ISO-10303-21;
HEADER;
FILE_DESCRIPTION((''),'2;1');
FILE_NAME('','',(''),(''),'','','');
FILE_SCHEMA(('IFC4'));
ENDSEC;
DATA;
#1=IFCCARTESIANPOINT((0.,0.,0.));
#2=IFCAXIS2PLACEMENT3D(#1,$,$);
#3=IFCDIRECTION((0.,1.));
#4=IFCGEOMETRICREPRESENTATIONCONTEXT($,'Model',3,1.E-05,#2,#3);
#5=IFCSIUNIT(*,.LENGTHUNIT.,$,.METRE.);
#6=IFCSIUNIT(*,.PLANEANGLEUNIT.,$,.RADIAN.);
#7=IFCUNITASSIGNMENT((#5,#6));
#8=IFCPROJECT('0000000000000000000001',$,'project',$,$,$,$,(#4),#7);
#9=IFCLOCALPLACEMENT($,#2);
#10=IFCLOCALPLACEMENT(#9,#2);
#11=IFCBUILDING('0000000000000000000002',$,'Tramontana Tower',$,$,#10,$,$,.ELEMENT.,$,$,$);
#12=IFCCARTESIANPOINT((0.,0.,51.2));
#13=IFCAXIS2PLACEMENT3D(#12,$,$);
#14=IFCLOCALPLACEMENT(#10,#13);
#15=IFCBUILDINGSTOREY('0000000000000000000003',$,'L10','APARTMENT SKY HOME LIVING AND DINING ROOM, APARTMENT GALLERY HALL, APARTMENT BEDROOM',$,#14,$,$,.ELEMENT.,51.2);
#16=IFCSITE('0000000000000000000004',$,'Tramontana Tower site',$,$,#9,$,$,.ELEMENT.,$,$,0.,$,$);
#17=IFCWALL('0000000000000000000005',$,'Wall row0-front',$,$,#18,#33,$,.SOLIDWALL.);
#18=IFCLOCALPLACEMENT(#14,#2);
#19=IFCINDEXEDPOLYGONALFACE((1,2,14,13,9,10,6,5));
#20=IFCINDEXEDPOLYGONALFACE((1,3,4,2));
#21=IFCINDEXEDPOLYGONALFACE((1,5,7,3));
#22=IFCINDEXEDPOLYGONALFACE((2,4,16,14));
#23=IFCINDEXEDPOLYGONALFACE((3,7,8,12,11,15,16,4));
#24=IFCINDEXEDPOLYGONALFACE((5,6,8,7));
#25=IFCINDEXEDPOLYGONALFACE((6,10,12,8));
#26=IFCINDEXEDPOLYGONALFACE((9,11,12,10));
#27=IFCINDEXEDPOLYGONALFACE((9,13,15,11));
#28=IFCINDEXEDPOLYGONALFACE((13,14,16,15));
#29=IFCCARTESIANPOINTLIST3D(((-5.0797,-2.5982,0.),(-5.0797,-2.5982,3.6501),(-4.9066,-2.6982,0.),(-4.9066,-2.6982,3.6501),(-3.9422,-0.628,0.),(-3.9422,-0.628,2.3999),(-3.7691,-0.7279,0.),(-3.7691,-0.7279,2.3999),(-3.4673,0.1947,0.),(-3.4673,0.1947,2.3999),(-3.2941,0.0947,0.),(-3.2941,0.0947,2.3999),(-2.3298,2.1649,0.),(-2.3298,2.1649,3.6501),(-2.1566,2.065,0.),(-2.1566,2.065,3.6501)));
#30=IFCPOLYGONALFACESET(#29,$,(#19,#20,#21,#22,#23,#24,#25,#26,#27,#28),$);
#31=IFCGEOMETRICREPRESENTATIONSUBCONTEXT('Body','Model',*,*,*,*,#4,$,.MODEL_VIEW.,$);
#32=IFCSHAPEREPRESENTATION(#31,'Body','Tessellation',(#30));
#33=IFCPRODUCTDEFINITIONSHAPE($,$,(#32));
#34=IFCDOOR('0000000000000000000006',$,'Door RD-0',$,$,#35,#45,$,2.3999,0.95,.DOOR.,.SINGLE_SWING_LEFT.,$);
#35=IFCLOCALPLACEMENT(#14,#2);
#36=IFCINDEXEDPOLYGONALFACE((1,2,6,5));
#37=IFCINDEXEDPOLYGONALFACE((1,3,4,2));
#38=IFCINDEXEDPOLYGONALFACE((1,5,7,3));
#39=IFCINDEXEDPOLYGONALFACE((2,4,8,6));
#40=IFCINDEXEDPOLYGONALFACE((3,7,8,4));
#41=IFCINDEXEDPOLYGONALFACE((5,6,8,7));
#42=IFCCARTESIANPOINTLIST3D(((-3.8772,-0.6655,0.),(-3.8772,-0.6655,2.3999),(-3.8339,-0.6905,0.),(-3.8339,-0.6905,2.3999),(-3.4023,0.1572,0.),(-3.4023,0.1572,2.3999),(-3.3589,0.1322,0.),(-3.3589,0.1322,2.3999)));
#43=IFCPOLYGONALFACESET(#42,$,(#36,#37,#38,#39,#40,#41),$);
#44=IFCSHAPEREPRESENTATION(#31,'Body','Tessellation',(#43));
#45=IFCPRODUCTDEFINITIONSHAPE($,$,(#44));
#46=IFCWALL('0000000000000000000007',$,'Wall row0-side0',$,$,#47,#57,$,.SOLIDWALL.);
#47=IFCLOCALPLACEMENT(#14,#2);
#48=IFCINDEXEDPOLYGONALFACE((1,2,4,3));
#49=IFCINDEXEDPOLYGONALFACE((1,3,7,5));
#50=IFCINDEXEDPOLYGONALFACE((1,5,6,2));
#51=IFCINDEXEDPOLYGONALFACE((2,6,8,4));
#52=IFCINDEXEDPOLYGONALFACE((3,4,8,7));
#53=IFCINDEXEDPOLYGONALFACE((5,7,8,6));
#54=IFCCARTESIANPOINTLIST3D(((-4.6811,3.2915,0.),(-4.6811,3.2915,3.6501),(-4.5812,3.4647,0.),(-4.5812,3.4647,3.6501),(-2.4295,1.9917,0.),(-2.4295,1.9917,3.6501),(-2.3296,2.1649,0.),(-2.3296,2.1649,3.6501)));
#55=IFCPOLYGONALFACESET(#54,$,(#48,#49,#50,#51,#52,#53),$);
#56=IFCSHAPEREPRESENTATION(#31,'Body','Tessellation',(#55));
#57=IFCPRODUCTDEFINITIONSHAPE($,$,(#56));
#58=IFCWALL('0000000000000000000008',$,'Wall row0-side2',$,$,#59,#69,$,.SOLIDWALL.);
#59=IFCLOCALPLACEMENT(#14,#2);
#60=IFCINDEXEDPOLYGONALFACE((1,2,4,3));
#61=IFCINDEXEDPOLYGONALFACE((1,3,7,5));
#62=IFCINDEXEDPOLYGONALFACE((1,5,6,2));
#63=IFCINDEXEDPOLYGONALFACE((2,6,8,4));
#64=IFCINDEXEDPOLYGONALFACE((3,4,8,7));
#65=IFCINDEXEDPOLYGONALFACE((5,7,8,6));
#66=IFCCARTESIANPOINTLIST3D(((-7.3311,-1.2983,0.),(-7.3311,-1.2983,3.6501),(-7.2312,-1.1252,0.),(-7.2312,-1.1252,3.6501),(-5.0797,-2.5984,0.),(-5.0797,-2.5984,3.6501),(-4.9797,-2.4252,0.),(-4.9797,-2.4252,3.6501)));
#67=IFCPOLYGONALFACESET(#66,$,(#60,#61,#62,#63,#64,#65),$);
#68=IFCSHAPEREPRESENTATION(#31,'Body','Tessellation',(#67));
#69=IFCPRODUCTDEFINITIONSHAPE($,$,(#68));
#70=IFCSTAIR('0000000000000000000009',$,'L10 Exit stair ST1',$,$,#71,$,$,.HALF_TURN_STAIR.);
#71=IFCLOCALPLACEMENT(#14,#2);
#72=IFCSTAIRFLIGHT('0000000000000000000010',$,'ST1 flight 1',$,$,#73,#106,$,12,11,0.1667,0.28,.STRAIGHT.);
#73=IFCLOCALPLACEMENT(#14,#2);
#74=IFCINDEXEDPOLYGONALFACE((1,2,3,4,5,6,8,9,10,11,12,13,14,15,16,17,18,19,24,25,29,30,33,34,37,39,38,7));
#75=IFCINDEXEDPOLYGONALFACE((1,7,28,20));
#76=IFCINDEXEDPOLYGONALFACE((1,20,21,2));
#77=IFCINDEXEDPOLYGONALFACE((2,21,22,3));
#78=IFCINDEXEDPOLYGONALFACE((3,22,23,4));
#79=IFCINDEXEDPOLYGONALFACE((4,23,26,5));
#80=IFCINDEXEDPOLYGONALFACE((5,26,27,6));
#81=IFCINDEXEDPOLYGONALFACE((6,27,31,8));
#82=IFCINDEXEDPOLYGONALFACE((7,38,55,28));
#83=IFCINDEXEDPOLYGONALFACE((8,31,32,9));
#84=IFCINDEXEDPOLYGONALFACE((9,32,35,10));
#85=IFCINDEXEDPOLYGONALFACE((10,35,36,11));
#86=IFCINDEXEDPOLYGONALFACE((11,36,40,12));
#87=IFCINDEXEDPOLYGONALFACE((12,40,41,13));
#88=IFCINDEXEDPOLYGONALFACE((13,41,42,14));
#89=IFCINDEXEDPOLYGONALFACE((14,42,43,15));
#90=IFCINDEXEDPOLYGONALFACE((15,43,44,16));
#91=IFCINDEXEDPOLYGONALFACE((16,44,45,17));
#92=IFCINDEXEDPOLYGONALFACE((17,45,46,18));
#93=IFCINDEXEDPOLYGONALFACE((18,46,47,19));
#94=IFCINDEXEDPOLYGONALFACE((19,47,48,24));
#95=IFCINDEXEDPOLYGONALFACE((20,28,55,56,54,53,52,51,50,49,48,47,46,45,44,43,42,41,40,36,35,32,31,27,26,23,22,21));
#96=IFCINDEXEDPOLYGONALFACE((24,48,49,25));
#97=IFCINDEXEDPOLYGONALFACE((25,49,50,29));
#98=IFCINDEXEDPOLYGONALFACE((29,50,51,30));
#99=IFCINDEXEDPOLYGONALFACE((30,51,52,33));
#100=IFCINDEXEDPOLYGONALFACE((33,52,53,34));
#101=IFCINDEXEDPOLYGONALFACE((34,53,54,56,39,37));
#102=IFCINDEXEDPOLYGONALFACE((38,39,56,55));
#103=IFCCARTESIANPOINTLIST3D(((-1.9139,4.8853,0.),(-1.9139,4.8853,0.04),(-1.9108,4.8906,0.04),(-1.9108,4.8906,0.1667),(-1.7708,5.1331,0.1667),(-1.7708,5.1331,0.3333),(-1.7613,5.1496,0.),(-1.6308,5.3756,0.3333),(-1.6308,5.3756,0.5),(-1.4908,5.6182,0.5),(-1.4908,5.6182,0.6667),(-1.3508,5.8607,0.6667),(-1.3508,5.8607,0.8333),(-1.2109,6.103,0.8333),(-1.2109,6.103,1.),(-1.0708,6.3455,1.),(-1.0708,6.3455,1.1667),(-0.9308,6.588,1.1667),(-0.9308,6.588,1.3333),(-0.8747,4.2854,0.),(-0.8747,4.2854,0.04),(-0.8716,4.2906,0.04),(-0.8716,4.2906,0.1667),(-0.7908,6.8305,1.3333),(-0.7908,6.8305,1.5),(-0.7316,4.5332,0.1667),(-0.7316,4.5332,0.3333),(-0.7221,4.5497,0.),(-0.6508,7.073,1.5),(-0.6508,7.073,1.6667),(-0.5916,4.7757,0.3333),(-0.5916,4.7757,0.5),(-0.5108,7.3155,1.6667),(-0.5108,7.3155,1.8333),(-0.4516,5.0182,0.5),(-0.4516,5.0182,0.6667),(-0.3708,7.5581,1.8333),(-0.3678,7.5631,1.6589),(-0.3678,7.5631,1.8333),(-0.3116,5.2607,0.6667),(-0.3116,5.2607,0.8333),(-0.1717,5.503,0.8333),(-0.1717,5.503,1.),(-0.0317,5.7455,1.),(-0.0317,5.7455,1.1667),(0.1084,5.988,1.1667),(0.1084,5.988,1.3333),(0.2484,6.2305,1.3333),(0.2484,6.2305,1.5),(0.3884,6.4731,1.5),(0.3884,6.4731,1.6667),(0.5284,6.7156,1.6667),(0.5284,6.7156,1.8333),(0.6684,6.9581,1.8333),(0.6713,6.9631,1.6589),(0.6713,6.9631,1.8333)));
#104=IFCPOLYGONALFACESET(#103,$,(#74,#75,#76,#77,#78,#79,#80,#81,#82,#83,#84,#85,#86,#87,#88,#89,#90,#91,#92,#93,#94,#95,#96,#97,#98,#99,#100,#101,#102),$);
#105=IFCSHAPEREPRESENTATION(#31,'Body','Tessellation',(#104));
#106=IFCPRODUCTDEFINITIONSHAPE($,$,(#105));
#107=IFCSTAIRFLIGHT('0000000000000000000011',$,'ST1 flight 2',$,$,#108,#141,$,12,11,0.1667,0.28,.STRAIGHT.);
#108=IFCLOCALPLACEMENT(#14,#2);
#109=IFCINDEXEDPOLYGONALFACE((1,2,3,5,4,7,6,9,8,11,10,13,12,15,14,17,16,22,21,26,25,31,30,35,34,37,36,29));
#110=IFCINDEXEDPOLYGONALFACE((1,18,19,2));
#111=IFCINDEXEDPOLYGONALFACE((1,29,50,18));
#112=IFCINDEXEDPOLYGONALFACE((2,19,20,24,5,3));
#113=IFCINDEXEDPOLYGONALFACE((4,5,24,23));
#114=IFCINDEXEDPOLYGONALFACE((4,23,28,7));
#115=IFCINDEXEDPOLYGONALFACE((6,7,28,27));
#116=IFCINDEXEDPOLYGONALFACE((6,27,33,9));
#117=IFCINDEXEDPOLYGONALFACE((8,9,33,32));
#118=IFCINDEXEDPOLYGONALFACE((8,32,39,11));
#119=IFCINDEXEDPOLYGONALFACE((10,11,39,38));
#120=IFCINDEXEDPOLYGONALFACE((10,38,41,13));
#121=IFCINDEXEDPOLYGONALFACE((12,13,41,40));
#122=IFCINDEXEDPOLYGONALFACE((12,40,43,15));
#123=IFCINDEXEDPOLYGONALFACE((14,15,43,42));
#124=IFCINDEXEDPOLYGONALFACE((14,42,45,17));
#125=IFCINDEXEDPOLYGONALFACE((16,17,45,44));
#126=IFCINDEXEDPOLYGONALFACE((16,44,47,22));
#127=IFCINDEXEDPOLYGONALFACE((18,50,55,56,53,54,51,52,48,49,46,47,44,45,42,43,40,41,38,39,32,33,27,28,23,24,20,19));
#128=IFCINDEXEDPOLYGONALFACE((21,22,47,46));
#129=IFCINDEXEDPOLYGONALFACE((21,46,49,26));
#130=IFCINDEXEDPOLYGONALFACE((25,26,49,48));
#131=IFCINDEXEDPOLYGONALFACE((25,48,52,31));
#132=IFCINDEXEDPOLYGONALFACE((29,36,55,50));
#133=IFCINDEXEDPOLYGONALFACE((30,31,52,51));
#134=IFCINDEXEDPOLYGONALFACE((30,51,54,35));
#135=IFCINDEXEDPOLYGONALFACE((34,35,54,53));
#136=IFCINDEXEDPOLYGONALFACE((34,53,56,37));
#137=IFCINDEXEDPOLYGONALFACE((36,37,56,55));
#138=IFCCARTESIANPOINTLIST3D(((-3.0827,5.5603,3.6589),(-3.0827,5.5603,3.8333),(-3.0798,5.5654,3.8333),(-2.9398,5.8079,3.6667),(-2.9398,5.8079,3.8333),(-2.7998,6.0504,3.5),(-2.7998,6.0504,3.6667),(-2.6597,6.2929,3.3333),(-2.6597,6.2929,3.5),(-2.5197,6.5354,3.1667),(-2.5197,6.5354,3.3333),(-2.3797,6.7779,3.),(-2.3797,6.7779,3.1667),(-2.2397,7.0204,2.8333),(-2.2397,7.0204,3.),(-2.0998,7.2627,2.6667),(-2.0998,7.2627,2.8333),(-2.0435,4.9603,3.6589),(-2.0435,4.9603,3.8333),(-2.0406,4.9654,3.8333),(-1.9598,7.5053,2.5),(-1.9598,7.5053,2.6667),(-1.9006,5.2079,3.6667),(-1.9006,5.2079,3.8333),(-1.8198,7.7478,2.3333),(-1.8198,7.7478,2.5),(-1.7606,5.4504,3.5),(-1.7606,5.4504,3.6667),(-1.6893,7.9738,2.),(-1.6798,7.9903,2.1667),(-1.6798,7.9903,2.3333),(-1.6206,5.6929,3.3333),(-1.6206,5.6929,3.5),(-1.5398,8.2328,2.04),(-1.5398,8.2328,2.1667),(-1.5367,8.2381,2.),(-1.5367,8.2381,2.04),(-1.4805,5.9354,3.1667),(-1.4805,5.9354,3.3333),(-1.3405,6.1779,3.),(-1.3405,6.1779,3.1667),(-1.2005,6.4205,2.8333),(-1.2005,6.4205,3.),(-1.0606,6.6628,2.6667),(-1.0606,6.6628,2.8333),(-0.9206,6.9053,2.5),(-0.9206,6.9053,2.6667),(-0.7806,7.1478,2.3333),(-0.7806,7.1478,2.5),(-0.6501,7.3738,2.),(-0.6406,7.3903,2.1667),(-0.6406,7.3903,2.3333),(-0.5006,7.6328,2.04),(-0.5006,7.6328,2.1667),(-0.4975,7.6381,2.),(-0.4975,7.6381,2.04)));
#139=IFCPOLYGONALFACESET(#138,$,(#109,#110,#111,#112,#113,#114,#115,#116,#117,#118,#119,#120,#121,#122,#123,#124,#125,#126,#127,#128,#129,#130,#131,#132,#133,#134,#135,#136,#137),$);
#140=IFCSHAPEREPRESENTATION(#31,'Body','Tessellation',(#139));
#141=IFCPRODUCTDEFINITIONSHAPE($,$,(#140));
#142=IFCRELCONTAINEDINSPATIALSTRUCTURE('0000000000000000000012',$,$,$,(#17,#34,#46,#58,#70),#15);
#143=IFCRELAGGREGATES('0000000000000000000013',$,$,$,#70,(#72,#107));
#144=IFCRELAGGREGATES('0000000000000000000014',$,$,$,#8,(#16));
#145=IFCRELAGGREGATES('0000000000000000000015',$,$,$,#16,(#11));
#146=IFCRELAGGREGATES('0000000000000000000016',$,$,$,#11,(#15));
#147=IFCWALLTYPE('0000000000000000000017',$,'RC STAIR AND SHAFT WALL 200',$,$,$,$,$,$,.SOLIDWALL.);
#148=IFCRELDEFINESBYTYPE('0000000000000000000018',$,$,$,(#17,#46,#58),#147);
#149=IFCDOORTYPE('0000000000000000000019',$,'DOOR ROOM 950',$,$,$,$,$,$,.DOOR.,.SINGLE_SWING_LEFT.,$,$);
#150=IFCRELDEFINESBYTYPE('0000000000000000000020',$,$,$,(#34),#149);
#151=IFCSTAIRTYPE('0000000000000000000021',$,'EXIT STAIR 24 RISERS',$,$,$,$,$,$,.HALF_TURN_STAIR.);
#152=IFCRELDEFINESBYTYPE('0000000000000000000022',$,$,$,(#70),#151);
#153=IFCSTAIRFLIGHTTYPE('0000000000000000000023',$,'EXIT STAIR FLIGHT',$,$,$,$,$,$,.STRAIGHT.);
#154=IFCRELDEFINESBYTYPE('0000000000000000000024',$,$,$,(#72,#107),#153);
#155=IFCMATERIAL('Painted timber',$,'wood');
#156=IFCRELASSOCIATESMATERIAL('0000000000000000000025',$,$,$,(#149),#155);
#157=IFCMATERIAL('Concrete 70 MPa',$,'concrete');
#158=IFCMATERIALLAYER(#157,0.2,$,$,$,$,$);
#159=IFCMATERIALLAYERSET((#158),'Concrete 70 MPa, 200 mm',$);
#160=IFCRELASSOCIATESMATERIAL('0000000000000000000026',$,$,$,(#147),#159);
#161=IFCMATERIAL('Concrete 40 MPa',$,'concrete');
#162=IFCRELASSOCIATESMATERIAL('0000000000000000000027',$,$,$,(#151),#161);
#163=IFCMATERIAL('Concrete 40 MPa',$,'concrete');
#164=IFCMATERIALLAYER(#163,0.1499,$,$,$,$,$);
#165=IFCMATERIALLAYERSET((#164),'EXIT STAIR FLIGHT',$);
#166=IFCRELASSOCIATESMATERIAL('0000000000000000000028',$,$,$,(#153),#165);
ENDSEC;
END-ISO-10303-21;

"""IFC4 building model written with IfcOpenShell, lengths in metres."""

from ifc_helpers import new_model, si_unit, direction, frame, frame_2d, origin, place, context, subcontext, project, spatial, polyline, rectangle, outline, extrude, material, layer, layer_set, type_object, element, fill, aggregate, save


model = new_model("IFC4")

# Units and contexts
model_context = context("Model", 3, precision=1e-05, world=origin(), true_north=direction((0.0, 1.0)))
body_context = subcontext(model_context, "Body", "Model", "MODEL_VIEW")
ifc_project = project(units=[si_unit("LENGTHUNIT", "METRE"), si_unit("PLANEANGLEUNIT", "RADIAN")], contexts=[model_context])

# Site, building, storey
site_placement = place(None, origin())
site = spatial("IfcSite", under=ifc_project, at=site_placement, Name="Tramontana Tower site", CompositionType="ELEMENT", RefElevation=0.0)
building_placement = place(site_placement, origin())
building = spatial("IfcBuilding", under=site, at=building_placement, Name="Tramontana Tower", CompositionType="ELEMENT")
storey_placement = place(building_placement, frame((0.0, 0.0, 51.2)))
storey = spatial("IfcBuildingStorey", under=building, at=storey_placement, Name="L10", Description="APARTMENT SKY HOME LIVING AND DINING ROOM, APARTMENT GALLERY HALL, APARTMENT BEDROOM", CompositionType="ELEMENT", Elevation=51.2)

# Shared definitions
ifc_material_1 = material(Name="Painted timber", Category="wood")
door_type_1 = type_object("IfcDoorType", Name="DOOR ROOM 950", OperationType="SINGLE_SWING_LEFT", PredefinedType="DOOR", material=ifc_material_1)

# Shared definitions
ifc_material_2 = material(Name="Concrete 70 MPa", Category="concrete")
ifc_layer_1 = layer(ifc_material_2, 0.2)
ifc_layer_set_1 = layer_set([ifc_layer_1], Name="Concrete 70 MPa, 200 mm")
wall_type_1 = type_object("IfcWallType", Name="RC STAIR AND SHAFT WALL 200", PredefinedType="SOLIDWALL", material=ifc_layer_set_1)

# Wall, opening, door
wall_1_placement = place(storey_placement, frame((-4.9932, -2.6482, 0.0), z_axis=(0.0, 0.0, 1.0), x_axis=(0.499997, 0.866027, 0.0)))
wall_1 = element("IfcWall", 1, at=wall_1_placement, inside=storey, type_object=wall_type_1, Name="Wall row0-front", PredefinedType="SOLIDWALL", context=body_context, shape_type="SweptSolid", body=[
    extrude(rectangle(XDim=5.5, YDim=0.2, at=frame_2d((2.75, 0.0))), origin(), (0.0, 0.0, 1.0), 3.6501),
])
opening_1_placement = place(wall_1_placement, frame((2.2749, 0.0, 0.0)))
opening_1 = element("IfcOpeningElement", 2, at=opening_1_placement, cuts=wall_1, PredefinedType="OPENING", context=body_context, shape_type="SweptSolid", body=[
    extrude(rectangle(XDim=0.95, YDim=2.3999, at=frame_2d((0.4751, 1.2))), frame((0.0, 0.1099, 0.0), z_axis=(0.0, -1.0, 0.0), x_axis=(1.0, 0.0, 0.0)), (0.0, 0.0, 1.0), 0.22),
])
door_1_placement = place(opening_1_placement, origin())
door_1 = element("IfcDoor", 3, at=door_1_placement, inside=storey, type_object=door_type_1, Name="Door RD-0", OperationType="SINGLE_SWING_LEFT", OverallHeight=2.3999, OverallWidth=0.95, PredefinedType="DOOR", context=body_context, shape_type="SweptSolid", body=[
    extrude(rectangle(XDim=0.95, YDim=2.3999, at=frame_2d((0.4751, 1.2))), frame((0.0, 0.0249, 0.0), z_axis=(0.0, -1.0, 0.0), x_axis=(1.0, 0.0, 0.0)), (0.0, 0.0, 1.0), 0.05),
])
fill(opening_1, door_1)

# Walls
for number, where, z_axis, x_axis, name in (
    (4, (-2.3796, 2.0784, 0.0), (0.0, 0.0, 1.0), (-0.866062, 0.499937, 0.0), "Wall row0-side0"),
    (5, (-5.0298, -2.5117, 0.0), (0.0, 0.0, 1.0), (-0.865998, 0.500048, 0.0), "Wall row0-side2"),
):
    element("IfcWall", number, at=place(storey_placement, frame(where, z_axis=z_axis, x_axis=x_axis)), inside=storey, type_object=wall_type_1, Name=name, PredefinedType="SOLIDWALL", context=body_context, shape_type="SweptSolid", body=[
        extrude(rectangle(XDim=2.5999, YDim=0.2, at=frame_2d((1.2998, 0.0))), origin(), (0.0, 0.0, 1.0), 3.6501),
    ])

# Stair, stair flights
ifc_material_3 = material(Name="Concrete 40 MPa", Category="concrete")
stair_type = type_object("IfcStairType", Name="EXIT STAIR 24 RISERS", PredefinedType="HALF_TURN_STAIR", material=ifc_material_3)
stair_placement = place(storey_placement, origin())
stair = element("IfcStair", 6, at=stair_placement, inside=storey, type_object=stair_type, Name="L10 Exit stair ST1", PredefinedType="HALF_TURN_STAIR")
ifc_material_4 = material(Name="Concrete 40 MPa", Category="concrete")
ifc_layer_2 = layer(ifc_material_4, 0.1499)
ifc_layer_set_2 = layer_set([ifc_layer_2], Name="EXIT STAIR FLIGHT")
stair_flight_type = type_object("IfcStairFlightType", Name="EXIT STAIR FLIGHT", PredefinedType="STRAIGHT", material=ifc_layer_set_2)
stair_flight_1_placement = place(storey_placement, frame((-1.3911, 4.5906, 0.0), z_axis=(0.0, 0.0, 1.0), x_axis=(0.5, 0.866025, 0.0)))
stair_flight_1 = element("IfcStairFlight", 7, at=stair_flight_1_placement, type_object=stair_flight_type, Name="ST1 flight 1", NumberOfRisers=12, NumberOfTreads=11, PredefinedType="STRAIGHT", RiserHeight=0.1667, TreadLength=0.28, context=body_context, shape_type="SweptSolid", body=[
    extrude(outline(polyline([(-0.0061, 0.0), (-0.0061, 0.04), (0.0, 0.04), (0.0, 0.1667), (0.28, 0.1667), (0.28, 0.3333), (0.5601, 0.3333), (0.5601, 0.5), (0.8401, 0.5), (0.8401, 0.6667), (1.1201, 0.6667), (1.1201, 0.8333), (1.3999, 0.8333), (1.3999, 1.0), (1.6799, 1.0), (1.6799, 1.1667), (1.96, 1.1667), (1.96, 1.3333), (2.24, 1.3333), (2.24, 1.5), (2.52, 1.5), (2.52, 1.6667), (2.8, 1.6667), (2.8, 1.8333), (3.0801, 1.8333), (3.0859, 1.8333), (3.0859, 1.6589), (0.2991, 0.0), (-0.0061, 0.0)])), frame((0.0, 0.6001, 0.0), z_axis=(0.0, -1.0, 0.0), x_axis=(1.0, 0.0, 0.0)), (0.0, 0.0, 1.0), 1.2),
])
stair_flight_2_placement = place(storey_placement, frame((-1.0203, 7.9329, 2.0), z_axis=(0.0, 0.0, 1.0), x_axis=(-0.5, -0.866025, 0.0)))
stair_flight_2 = element("IfcStairFlight", 8, at=stair_flight_2_placement, type_object=stair_flight_type, Name="ST1 flight 2", NumberOfRisers=12, NumberOfTreads=11, PredefinedType="STRAIGHT", RiserHeight=0.1667, TreadLength=0.28, context=body_context, shape_type="SweptSolid", body=[
    extrude(outline(polyline([(-0.0061, 0.0), (-0.0061, 0.04), (0.0, 0.04), (0.0, 0.1667), (0.28, 0.1667), (0.28, 0.3333), (0.5601, 0.3333), (0.5601, 0.5), (0.8401, 0.5), (0.8401, 0.6667), (1.1201, 0.6667), (1.1201, 0.8333), (1.3999, 0.8333), (1.3999, 1.0), (1.6799, 1.0), (1.6799, 1.1667), (1.96, 1.1667), (1.96, 1.3333), (2.24, 1.3333), (2.24, 1.5), (2.52, 1.5), (2.52, 1.6667), (2.8, 1.6667), (2.8, 1.8333), (3.0801, 1.8333), (3.0859, 1.8333), (3.0859, 1.6589), (0.2991, 0.0), (-0.0061, 0.0)])), frame((0.0, 0.6001, 0.0), z_axis=(0.0, -1.0, 0.0), x_axis=(1.0, 0.0, 0.0)), (0.0, 0.0, 1.0), 1.2),
])
aggregate(stair, [stair_flight_1, stair_flight_2])

save(model, "model.ifc")
